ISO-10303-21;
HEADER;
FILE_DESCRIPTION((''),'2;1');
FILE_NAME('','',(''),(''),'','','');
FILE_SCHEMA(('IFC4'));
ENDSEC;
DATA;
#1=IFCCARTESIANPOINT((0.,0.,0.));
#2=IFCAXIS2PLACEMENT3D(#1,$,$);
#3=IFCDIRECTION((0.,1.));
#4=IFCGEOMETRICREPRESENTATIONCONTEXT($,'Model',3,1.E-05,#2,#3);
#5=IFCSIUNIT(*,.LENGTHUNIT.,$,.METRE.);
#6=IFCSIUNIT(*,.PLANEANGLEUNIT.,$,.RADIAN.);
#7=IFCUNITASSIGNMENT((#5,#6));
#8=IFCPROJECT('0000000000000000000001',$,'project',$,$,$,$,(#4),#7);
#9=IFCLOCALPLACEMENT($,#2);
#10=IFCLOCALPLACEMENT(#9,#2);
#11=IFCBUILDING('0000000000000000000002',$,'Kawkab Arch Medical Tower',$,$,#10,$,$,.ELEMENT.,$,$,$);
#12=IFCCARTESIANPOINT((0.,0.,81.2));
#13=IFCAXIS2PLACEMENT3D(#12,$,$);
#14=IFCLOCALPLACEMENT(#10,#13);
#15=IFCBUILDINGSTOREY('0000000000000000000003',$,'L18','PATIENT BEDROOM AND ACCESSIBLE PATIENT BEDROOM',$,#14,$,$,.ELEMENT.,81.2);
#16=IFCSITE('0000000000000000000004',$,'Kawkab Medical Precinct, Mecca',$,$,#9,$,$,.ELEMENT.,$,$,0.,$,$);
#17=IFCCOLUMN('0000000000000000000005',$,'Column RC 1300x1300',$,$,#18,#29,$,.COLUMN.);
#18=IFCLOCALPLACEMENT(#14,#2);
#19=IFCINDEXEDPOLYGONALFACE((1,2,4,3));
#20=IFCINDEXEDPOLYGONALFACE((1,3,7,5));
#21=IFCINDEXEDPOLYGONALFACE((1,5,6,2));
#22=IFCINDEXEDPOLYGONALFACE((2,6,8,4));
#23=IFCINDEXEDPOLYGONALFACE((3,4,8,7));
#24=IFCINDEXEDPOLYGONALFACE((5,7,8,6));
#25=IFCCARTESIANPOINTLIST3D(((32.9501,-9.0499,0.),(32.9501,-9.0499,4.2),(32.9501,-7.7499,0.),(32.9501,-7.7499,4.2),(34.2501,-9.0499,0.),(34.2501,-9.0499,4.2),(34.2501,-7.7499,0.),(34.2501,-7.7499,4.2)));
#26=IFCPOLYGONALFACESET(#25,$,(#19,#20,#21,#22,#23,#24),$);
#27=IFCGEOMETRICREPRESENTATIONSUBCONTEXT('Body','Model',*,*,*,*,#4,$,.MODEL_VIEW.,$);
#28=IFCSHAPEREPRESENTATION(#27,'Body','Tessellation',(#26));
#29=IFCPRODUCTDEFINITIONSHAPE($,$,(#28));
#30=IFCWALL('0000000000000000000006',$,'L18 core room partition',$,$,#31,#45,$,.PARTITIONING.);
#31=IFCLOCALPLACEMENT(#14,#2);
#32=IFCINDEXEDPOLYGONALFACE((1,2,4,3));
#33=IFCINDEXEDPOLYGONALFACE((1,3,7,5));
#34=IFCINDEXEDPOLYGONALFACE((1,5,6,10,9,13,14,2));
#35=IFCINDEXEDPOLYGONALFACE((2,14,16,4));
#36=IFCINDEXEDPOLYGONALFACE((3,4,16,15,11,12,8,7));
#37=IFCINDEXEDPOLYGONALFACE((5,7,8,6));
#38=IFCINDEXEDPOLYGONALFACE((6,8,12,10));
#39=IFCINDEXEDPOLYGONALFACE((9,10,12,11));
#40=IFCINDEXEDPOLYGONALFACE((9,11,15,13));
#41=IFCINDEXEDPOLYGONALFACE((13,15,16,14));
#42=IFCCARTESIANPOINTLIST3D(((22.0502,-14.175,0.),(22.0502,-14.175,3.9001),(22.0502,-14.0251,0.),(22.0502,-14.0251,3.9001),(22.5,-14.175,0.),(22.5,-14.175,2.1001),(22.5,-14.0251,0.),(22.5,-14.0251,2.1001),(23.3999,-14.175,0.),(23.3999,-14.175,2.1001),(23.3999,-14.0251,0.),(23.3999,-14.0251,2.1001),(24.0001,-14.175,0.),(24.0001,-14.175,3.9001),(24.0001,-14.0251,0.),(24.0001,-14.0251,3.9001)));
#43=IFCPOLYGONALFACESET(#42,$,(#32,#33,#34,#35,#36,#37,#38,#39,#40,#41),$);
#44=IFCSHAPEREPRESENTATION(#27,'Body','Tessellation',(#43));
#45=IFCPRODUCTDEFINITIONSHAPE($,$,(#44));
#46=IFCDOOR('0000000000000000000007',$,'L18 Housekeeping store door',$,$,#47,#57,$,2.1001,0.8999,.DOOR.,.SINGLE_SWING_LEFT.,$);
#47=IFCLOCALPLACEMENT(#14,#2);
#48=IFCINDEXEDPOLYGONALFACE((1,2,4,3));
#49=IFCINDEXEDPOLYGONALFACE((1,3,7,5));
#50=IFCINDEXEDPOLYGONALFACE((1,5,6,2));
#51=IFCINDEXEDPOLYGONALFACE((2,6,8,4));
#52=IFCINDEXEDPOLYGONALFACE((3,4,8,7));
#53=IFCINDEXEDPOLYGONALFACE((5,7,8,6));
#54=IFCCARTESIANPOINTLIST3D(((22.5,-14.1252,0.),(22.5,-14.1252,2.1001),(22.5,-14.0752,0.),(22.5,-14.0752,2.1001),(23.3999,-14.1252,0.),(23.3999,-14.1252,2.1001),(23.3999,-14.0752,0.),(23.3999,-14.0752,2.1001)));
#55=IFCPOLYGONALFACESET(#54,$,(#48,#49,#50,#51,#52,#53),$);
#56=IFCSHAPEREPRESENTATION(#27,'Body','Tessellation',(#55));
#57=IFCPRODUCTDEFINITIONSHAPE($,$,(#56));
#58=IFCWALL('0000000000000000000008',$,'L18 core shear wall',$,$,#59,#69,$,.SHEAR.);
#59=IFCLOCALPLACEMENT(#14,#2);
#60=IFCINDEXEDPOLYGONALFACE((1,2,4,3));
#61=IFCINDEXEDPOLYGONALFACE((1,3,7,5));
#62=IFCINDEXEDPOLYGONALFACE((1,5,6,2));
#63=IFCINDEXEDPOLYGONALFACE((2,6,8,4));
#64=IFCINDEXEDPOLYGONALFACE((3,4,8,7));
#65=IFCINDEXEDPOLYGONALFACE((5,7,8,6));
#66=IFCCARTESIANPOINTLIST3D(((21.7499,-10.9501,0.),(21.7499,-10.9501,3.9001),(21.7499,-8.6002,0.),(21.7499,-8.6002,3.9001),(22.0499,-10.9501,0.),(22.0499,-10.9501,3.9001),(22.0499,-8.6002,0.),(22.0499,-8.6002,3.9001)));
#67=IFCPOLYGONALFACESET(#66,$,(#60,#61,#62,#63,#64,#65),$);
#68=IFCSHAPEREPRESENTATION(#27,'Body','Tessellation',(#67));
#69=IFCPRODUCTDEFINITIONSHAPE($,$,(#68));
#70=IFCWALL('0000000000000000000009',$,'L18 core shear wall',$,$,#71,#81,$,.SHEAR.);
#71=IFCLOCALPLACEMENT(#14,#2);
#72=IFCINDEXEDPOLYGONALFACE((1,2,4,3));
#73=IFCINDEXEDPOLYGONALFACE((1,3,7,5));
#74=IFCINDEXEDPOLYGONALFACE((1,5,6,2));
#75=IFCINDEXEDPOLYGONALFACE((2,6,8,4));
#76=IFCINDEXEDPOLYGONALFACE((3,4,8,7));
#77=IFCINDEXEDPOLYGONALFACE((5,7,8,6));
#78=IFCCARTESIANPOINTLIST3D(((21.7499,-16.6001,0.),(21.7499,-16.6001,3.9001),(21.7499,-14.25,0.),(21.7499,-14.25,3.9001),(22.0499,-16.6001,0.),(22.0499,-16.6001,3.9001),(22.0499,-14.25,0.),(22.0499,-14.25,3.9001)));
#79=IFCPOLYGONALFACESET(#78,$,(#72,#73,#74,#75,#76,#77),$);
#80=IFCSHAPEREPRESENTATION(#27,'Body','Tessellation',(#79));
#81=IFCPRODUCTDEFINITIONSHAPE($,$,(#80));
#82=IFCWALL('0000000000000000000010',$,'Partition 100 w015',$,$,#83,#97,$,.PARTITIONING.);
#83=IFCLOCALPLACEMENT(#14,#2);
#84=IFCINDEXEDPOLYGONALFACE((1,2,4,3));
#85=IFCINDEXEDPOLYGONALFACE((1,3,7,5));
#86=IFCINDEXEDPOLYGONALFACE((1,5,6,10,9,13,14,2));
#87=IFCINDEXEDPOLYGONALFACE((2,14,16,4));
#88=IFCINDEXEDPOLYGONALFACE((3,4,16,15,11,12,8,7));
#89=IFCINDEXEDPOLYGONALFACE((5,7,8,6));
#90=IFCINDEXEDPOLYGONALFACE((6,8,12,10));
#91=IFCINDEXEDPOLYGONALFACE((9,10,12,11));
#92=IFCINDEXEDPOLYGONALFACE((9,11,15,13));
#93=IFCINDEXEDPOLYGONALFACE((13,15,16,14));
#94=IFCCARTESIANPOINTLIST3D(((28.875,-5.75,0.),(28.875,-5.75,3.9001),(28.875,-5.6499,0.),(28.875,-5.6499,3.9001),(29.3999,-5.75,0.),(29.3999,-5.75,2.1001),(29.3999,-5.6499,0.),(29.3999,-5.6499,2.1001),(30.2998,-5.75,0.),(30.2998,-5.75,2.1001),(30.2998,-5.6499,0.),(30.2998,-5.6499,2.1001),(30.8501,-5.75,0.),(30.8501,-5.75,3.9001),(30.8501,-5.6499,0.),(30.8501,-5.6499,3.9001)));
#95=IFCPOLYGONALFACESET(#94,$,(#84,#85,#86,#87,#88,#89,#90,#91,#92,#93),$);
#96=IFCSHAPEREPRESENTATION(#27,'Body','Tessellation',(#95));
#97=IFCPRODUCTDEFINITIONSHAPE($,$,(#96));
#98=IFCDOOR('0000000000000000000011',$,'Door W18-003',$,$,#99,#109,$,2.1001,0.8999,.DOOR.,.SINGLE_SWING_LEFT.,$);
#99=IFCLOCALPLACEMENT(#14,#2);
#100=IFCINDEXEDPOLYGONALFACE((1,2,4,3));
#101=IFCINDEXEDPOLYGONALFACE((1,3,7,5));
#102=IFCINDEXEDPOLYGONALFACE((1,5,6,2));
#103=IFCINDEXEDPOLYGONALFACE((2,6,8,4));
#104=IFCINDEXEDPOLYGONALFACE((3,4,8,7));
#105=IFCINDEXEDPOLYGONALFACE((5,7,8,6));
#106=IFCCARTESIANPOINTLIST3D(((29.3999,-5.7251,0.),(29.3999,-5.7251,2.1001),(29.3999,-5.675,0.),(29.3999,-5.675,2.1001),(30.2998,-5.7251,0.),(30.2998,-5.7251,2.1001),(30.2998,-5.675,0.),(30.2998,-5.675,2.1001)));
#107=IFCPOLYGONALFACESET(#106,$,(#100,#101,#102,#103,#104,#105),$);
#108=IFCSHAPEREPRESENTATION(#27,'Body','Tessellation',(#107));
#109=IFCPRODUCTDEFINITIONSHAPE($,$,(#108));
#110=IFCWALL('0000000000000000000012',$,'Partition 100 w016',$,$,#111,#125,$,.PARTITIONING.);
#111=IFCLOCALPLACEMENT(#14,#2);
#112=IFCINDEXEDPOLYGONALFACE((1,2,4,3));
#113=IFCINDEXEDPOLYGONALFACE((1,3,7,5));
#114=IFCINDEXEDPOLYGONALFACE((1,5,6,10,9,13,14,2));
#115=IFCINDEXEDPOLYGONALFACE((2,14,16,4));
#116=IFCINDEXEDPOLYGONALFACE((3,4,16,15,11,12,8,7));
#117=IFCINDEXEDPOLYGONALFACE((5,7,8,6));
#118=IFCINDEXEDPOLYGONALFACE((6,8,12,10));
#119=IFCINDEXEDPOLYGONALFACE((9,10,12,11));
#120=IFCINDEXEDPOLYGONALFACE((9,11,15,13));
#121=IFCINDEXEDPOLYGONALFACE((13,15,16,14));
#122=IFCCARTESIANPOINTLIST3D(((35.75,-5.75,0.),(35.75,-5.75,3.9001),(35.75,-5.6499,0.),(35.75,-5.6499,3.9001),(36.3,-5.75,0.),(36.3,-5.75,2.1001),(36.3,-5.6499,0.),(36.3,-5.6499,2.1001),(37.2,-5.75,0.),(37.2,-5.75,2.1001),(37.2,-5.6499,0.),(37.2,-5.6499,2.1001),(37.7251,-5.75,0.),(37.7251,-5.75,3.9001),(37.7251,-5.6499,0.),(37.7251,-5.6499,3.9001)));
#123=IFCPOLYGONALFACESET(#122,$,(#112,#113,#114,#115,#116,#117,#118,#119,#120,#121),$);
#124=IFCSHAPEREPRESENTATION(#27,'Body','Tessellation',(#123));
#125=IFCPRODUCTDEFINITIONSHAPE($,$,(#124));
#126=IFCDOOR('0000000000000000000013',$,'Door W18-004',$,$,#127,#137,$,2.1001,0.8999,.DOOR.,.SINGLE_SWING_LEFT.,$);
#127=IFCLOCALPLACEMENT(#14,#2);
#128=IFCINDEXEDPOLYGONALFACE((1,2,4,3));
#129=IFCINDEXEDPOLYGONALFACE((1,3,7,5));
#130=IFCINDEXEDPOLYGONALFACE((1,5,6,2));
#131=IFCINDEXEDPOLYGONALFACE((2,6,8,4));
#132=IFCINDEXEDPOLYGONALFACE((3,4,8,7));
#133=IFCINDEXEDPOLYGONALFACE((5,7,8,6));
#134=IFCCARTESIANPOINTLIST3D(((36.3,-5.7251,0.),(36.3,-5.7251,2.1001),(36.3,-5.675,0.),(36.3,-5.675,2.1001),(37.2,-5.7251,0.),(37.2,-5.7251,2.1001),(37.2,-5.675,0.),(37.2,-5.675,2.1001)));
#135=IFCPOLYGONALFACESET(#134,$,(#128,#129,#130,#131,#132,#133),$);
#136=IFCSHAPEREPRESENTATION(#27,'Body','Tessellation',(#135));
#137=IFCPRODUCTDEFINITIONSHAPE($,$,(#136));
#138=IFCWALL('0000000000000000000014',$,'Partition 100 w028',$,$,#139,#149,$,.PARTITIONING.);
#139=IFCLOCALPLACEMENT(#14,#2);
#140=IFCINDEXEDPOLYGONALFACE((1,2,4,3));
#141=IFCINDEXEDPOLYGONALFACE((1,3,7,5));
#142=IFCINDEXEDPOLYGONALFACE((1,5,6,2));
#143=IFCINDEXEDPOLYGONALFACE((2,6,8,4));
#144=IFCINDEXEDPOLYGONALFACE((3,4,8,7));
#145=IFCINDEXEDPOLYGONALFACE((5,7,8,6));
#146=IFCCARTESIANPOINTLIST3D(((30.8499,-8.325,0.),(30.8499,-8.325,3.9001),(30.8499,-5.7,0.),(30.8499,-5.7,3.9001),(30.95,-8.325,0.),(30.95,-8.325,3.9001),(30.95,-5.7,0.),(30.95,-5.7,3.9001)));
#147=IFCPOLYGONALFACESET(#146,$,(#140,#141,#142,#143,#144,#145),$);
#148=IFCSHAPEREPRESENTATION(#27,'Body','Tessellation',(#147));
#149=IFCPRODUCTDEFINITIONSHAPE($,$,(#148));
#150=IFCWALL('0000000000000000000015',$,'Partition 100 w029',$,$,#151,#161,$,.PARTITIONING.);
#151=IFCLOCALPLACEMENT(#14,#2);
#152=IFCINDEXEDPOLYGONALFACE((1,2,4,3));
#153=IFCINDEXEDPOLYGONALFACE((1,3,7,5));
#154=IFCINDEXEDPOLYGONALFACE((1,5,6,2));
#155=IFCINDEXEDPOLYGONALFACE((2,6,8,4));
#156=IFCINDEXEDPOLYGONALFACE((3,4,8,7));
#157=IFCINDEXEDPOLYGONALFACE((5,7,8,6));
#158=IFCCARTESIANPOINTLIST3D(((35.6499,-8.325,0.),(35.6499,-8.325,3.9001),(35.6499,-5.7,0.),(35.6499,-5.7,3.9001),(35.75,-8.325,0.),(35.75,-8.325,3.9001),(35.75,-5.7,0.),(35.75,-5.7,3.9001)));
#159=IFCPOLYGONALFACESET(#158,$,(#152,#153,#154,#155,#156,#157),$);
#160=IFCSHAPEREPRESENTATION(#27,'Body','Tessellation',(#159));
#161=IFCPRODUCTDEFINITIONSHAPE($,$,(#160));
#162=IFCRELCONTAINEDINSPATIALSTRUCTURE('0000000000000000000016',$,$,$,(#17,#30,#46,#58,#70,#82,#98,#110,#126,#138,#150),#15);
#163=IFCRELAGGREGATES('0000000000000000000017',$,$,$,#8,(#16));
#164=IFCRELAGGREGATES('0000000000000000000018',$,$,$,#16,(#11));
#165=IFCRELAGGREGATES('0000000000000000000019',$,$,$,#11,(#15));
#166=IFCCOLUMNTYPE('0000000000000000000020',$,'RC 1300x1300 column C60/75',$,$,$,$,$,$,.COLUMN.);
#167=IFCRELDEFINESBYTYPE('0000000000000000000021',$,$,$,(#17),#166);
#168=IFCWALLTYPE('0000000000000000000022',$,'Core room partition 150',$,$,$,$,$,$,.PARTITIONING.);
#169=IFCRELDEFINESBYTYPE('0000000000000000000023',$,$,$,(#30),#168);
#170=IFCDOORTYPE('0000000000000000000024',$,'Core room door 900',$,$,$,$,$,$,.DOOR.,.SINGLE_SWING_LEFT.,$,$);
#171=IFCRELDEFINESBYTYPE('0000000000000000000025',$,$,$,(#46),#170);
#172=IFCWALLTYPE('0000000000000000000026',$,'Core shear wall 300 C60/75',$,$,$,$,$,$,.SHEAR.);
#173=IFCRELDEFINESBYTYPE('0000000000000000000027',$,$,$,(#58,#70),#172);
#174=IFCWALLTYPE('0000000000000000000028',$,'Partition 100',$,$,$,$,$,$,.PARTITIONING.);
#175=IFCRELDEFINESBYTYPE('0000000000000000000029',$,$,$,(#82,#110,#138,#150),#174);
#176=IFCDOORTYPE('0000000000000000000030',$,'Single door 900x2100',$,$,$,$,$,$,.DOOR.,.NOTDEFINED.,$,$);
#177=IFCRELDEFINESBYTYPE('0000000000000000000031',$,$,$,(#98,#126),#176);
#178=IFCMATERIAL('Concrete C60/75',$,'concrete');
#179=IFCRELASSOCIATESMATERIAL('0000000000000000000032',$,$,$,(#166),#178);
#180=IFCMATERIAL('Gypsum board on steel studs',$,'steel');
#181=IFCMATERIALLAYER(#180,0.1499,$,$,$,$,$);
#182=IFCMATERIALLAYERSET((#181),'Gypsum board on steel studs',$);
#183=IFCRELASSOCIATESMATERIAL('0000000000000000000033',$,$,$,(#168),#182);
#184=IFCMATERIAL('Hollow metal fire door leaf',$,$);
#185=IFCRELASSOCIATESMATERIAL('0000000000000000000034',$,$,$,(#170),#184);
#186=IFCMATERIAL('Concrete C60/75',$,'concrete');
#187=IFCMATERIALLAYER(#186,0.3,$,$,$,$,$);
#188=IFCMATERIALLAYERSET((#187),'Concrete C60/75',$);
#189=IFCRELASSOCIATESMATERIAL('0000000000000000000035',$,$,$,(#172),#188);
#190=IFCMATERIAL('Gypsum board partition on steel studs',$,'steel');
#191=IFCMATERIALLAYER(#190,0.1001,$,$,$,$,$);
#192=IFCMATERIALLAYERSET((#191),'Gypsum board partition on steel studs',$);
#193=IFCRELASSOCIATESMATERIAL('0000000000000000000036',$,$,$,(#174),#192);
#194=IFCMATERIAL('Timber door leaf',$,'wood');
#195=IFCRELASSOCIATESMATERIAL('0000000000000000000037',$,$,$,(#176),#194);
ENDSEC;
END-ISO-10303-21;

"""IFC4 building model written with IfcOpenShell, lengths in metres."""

from ifc_helpers import new_model, si_unit, direction, frame, frame_2d, origin, origin_2d, place, context, subcontext, project, spatial, rectangle, extrude, material, layer, layer_set, material_profile, profile_set, type_object, element, fill, save


model = new_model("IFC4")

# Units and contexts
model_context = context("Model", 3, precision=1e-05, world=origin(), true_north=direction((0.0, 1.0)))
body_context = subcontext(model_context, "Body", "Model", "MODEL_VIEW")
ifc_project = project(units=[si_unit("LENGTHUNIT", "METRE"), si_unit("PLANEANGLEUNIT", "RADIAN")], contexts=[model_context])

# Site, building, storey
site_placement = place(None, origin())
site = spatial("IfcSite", under=ifc_project, at=site_placement, Name="Kawkab Medical Precinct, Mecca", CompositionType="ELEMENT", RefElevation=0.0)
building_placement = place(site_placement, origin())
building = spatial("IfcBuilding", under=site, at=building_placement, Name="Kawkab Arch Medical Tower", CompositionType="ELEMENT")
storey_placement = place(building_placement, frame((0.0, 0.0, 81.2)))
storey = spatial("IfcBuildingStorey", under=building, at=storey_placement, Name="L18", Description="PATIENT BEDROOM AND ACCESSIBLE PATIENT BEDROOM", CompositionType="ELEMENT", Elevation=81.2)

# Column
ifc_material_1 = material(Name="Concrete C60/75", Category="concrete")
ifc_material_profile = material_profile(ifc_material_1, rectangle(XDim=1.3, YDim=1.3, at=origin_2d()), Name="RC 1300x1300")
ifc_profile_set = profile_set([ifc_material_profile], Name="Concrete C60/75")
column_type = type_object("IfcColumnType", Name="RC 1300x1300 column C60/75", PredefinedType="COLUMN", material=ifc_profile_set)
column_placement = place(storey_placement, frame((33.6001, -8.3999, 0.0), z_axis=(0.0, 0.0, 1.0), x_axis=(1.0, 0.0, 0.0)))
element("IfcColumn", 1, at=column_placement, inside=storey, type_object=column_type, Name="Column RC 1300x1300", PredefinedType="COLUMN", context=body_context, shape_type="SweptSolid", body=[
    extrude(rectangle(XDim=1.3, YDim=1.3, at=origin_2d()), origin(), (0.0, 0.0, 1.0), 4.2),
])

# Wall, opening, door
ifc_material_2 = material(Name="Gypsum board on steel studs", Category="steel")
ifc_layer_1 = layer(ifc_material_2, 0.1499)
ifc_layer_set_1 = layer_set([ifc_layer_1], Name="Gypsum board on steel studs")
wall_type_1 = type_object("IfcWallType", Name="Core room partition 150", PredefinedType="PARTITIONING", material=ifc_layer_set_1)
wall_1_placement = place(storey_placement, frame((22.05, -14.1001, 0.0), z_axis=(0.0, 0.0, 1.0), x_axis=(1.0, 0.0, 0.0)))
wall_1 = element("IfcWall", 2, at=wall_1_placement, inside=storey, type_object=wall_type_1, Name="L18 core room partition", PredefinedType="PARTITIONING", context=body_context, shape_type="SweptSolid", body=[
    extrude(rectangle(XDim=1.95, YDim=0.1499, at=frame_2d((0.9751, 0.0))), origin(), (0.0, 0.0, 1.0), 3.9001),
])
opening_1_placement = place(wall_1_placement, frame((0.45, 0.0, 0.0)))
opening_1 = element("IfcOpeningElement", 3, at=opening_1_placement, cuts=wall_1, PredefinedType="OPENING", context=body_context, shape_type="SweptSolid", body=[
    extrude(rectangle(XDim=0.8999, YDim=2.1001, at=frame_2d((0.45, 1.05))), frame((0.0, 0.085, 0.0), z_axis=(0.0, -1.0, 0.0), x_axis=(1.0, 0.0, 0.0)), (0.0, 0.0, 1.0), 0.1699),
])
ifc_material_3 = material(Name="Hollow metal fire door leaf")
door_type_1 = type_object("IfcDoorType", Name="Core room door 900", OperationType="SINGLE_SWING_LEFT", PredefinedType="DOOR", material=ifc_material_3)
door_1_placement = place(opening_1_placement, origin())
door_1 = element("IfcDoor", 4, at=door_1_placement, inside=storey, type_object=door_type_1, Name="L18 Housekeeping store door", OperationType="SINGLE_SWING_LEFT", OverallHeight=2.1001, OverallWidth=0.8999, PredefinedType="DOOR", context=body_context, shape_type="SweptSolid", body=[
    extrude(rectangle(XDim=0.8999, YDim=2.1001, at=frame_2d((0.45, 1.05))), frame((0.0, 0.0249, 0.0), z_axis=(0.0, -1.0, 0.0), x_axis=(1.0, 0.0, 0.0)), (0.0, 0.0, 1.0), 0.05),
])
fill(opening_1, door_1)

# Walls
ifc_material_4 = material(Name="Concrete C60/75", Category="concrete")
ifc_layer_2 = layer(ifc_material_4, 0.3)
ifc_layer_set_2 = layer_set([ifc_layer_2], Name="Concrete C60/75")
wall_type_2 = type_object("IfcWallType", Name="Core shear wall 300 C60/75", PredefinedType="SHEAR", material=ifc_layer_set_2)
wall_2_placement = place(storey_placement, frame((21.8999, -10.95, 0.0), z_axis=(0.0, 0.0, 1.0), x_axis=(0.0, 1.0, 0.0)))
element("IfcWall", 5, at=wall_2_placement, inside=storey, type_object=wall_type_2, Name="L18 core shear wall", PredefinedType="SHEAR", context=body_context, shape_type="SweptSolid", body=[
    extrude(rectangle(XDim=2.3499, YDim=0.3, at=frame_2d((1.1748, 0.0))), origin(), (0.0, 0.0, 1.0), 3.9001),
])
wall_3_placement = place(storey_placement, frame((21.8999, -16.6001, 0.0), z_axis=(0.0, 0.0, 1.0), x_axis=(0.0, 1.0, 0.0)))
element("IfcWall", 6, at=wall_3_placement, inside=storey, type_object=wall_type_2, Name="L18 core shear wall", PredefinedType="SHEAR", context=body_context, shape_type="SweptSolid", body=[
    extrude(rectangle(XDim=2.3501, YDim=0.3, at=frame_2d((1.175, 0.0))), origin(), (0.0, 0.0, 1.0), 3.9001),
])

# Walls, openings, doors
ifc_material_5 = material(Name="Gypsum board partition on steel studs", Category="steel")
ifc_layer_3 = layer(ifc_material_5, 0.1001)
ifc_layer_set_3 = layer_set([ifc_layer_3], Name="Gypsum board partition on steel studs")
wall_type_3 = type_object("IfcWallType", Name="Partition 100", PredefinedType="PARTITIONING", material=ifc_layer_set_3)
wall_4_placement = place(storey_placement, frame((28.875, -5.7, 0.0), z_axis=(0.0, 0.0, 1.0), x_axis=(1.0, 0.0, 0.0)))
wall_4 = element("IfcWall", 7, at=wall_4_placement, inside=storey, type_object=wall_type_3, Name="Partition 100 w015", PredefinedType="PARTITIONING", context=body_context, shape_type="SweptSolid", body=[
    extrude(rectangle(XDim=1.9751, YDim=0.1001, at=frame_2d((0.9875, 0.0))), origin(), (0.0, 0.0, 1.0), 3.9001),
])
opening_2_placement = place(wall_4_placement, frame((0.5249, 0.0, 0.0)))
opening_2 = element("IfcOpeningElement", 8, at=opening_2_placement, cuts=wall_4, PredefinedType="OPENING", context=body_context, shape_type="SweptSolid", body=[
    extrude(rectangle(XDim=0.8999, YDim=2.1001, at=frame_2d((0.45, 1.05))), frame((0.0, 0.0601, 0.0), z_axis=(0.0, -1.0, 0.0), x_axis=(1.0, 0.0, 0.0)), (0.0, 0.0, 1.0), 0.1201),
])
ifc_material_6 = material(Name="Timber door leaf", Category="wood")
door_type_2 = type_object("IfcDoorType", Name="Single door 900x2100", OperationType="NOTDEFINED", PredefinedType="DOOR", material=ifc_material_6)
door_2_placement = place(opening_2_placement, origin())
door_2 = element("IfcDoor", 9, at=door_2_placement, inside=storey, type_object=door_type_2, Name="Door W18-003", OperationType="SINGLE_SWING_LEFT", OverallHeight=2.1001, OverallWidth=0.8999, PredefinedType="DOOR", context=body_context, shape_type="SweptSolid", body=[
    extrude(rectangle(XDim=0.8999, YDim=2.1001, at=frame_2d((0.45, 1.05))), frame((0.0, 0.0249, 0.0), z_axis=(0.0, -1.0, 0.0), x_axis=(1.0, 0.0, 0.0)), (0.0, 0.0, 1.0), 0.05),
])
fill(opening_2, door_2)
wall_5_placement = place(storey_placement, frame((35.75, -5.7, 0.0), z_axis=(0.0, 0.0, 1.0), x_axis=(1.0, 0.0, 0.0)))
wall_5 = element("IfcWall", 10, at=wall_5_placement, inside=storey, type_object=wall_type_3, Name="Partition 100 w016", PredefinedType="PARTITIONING", context=body_context, shape_type="SweptSolid", body=[
    extrude(rectangle(XDim=1.9751, YDim=0.1001, at=frame_2d((0.9875, 0.0))), origin(), (0.0, 0.0, 1.0), 3.9001),
])
opening_3_placement = place(wall_5_placement, frame((0.55, 0.0, 0.0)))
opening_3 = element("IfcOpeningElement", 11, at=opening_3_placement, cuts=wall_5, PredefinedType="OPENING", context=body_context, shape_type="SweptSolid", body=[
    extrude(rectangle(XDim=0.8999, YDim=2.1001, at=frame_2d((0.45, 1.05))), frame((0.0, 0.0601, 0.0), z_axis=(0.0, -1.0, 0.0), x_axis=(1.0, 0.0, 0.0)), (0.0, 0.0, 1.0), 0.1201),
])
door_3_placement = place(opening_3_placement, origin())
door_3 = element("IfcDoor", 12, at=door_3_placement, inside=storey, type_object=door_type_2, Name="Door W18-004", OperationType="SINGLE_SWING_LEFT", OverallHeight=2.1001, OverallWidth=0.8999, PredefinedType="DOOR", context=body_context, shape_type="SweptSolid", body=[
    extrude(rectangle(XDim=0.8999, YDim=2.1001, at=frame_2d((0.45, 1.05))), frame((0.0, 0.0249, 0.0), z_axis=(0.0, -1.0, 0.0), x_axis=(1.0, 0.0, 0.0)), (0.0, 0.0, 1.0), 0.05),
])
fill(opening_3, door_3)

# Walls
for number, where, z_axis, x_axis, name in (
    (13, (30.8999, -8.325, 0.0), (0.0, 0.0, 1.0), (0.0, 1.0, 0.0), "Partition 100 w028"),
    (14, (35.7, -8.325, 0.0), (0.0, 0.0, 1.0), (0.0, 1.0, 0.0), "Partition 100 w029"),
):
    element("IfcWall", number, at=place(storey_placement, frame(where, z_axis=z_axis, x_axis=x_axis)), inside=storey, type_object=wall_type_3, Name=name, PredefinedType="PARTITIONING", context=body_context, shape_type="SweptSolid", body=[
        extrude(rectangle(XDim=2.625, YDim=0.1001, at=frame_2d((1.3125, 0.0))), origin(), (0.0, 0.0, 1.0), 3.9001),
    ])

save(model, "model.ifc")
